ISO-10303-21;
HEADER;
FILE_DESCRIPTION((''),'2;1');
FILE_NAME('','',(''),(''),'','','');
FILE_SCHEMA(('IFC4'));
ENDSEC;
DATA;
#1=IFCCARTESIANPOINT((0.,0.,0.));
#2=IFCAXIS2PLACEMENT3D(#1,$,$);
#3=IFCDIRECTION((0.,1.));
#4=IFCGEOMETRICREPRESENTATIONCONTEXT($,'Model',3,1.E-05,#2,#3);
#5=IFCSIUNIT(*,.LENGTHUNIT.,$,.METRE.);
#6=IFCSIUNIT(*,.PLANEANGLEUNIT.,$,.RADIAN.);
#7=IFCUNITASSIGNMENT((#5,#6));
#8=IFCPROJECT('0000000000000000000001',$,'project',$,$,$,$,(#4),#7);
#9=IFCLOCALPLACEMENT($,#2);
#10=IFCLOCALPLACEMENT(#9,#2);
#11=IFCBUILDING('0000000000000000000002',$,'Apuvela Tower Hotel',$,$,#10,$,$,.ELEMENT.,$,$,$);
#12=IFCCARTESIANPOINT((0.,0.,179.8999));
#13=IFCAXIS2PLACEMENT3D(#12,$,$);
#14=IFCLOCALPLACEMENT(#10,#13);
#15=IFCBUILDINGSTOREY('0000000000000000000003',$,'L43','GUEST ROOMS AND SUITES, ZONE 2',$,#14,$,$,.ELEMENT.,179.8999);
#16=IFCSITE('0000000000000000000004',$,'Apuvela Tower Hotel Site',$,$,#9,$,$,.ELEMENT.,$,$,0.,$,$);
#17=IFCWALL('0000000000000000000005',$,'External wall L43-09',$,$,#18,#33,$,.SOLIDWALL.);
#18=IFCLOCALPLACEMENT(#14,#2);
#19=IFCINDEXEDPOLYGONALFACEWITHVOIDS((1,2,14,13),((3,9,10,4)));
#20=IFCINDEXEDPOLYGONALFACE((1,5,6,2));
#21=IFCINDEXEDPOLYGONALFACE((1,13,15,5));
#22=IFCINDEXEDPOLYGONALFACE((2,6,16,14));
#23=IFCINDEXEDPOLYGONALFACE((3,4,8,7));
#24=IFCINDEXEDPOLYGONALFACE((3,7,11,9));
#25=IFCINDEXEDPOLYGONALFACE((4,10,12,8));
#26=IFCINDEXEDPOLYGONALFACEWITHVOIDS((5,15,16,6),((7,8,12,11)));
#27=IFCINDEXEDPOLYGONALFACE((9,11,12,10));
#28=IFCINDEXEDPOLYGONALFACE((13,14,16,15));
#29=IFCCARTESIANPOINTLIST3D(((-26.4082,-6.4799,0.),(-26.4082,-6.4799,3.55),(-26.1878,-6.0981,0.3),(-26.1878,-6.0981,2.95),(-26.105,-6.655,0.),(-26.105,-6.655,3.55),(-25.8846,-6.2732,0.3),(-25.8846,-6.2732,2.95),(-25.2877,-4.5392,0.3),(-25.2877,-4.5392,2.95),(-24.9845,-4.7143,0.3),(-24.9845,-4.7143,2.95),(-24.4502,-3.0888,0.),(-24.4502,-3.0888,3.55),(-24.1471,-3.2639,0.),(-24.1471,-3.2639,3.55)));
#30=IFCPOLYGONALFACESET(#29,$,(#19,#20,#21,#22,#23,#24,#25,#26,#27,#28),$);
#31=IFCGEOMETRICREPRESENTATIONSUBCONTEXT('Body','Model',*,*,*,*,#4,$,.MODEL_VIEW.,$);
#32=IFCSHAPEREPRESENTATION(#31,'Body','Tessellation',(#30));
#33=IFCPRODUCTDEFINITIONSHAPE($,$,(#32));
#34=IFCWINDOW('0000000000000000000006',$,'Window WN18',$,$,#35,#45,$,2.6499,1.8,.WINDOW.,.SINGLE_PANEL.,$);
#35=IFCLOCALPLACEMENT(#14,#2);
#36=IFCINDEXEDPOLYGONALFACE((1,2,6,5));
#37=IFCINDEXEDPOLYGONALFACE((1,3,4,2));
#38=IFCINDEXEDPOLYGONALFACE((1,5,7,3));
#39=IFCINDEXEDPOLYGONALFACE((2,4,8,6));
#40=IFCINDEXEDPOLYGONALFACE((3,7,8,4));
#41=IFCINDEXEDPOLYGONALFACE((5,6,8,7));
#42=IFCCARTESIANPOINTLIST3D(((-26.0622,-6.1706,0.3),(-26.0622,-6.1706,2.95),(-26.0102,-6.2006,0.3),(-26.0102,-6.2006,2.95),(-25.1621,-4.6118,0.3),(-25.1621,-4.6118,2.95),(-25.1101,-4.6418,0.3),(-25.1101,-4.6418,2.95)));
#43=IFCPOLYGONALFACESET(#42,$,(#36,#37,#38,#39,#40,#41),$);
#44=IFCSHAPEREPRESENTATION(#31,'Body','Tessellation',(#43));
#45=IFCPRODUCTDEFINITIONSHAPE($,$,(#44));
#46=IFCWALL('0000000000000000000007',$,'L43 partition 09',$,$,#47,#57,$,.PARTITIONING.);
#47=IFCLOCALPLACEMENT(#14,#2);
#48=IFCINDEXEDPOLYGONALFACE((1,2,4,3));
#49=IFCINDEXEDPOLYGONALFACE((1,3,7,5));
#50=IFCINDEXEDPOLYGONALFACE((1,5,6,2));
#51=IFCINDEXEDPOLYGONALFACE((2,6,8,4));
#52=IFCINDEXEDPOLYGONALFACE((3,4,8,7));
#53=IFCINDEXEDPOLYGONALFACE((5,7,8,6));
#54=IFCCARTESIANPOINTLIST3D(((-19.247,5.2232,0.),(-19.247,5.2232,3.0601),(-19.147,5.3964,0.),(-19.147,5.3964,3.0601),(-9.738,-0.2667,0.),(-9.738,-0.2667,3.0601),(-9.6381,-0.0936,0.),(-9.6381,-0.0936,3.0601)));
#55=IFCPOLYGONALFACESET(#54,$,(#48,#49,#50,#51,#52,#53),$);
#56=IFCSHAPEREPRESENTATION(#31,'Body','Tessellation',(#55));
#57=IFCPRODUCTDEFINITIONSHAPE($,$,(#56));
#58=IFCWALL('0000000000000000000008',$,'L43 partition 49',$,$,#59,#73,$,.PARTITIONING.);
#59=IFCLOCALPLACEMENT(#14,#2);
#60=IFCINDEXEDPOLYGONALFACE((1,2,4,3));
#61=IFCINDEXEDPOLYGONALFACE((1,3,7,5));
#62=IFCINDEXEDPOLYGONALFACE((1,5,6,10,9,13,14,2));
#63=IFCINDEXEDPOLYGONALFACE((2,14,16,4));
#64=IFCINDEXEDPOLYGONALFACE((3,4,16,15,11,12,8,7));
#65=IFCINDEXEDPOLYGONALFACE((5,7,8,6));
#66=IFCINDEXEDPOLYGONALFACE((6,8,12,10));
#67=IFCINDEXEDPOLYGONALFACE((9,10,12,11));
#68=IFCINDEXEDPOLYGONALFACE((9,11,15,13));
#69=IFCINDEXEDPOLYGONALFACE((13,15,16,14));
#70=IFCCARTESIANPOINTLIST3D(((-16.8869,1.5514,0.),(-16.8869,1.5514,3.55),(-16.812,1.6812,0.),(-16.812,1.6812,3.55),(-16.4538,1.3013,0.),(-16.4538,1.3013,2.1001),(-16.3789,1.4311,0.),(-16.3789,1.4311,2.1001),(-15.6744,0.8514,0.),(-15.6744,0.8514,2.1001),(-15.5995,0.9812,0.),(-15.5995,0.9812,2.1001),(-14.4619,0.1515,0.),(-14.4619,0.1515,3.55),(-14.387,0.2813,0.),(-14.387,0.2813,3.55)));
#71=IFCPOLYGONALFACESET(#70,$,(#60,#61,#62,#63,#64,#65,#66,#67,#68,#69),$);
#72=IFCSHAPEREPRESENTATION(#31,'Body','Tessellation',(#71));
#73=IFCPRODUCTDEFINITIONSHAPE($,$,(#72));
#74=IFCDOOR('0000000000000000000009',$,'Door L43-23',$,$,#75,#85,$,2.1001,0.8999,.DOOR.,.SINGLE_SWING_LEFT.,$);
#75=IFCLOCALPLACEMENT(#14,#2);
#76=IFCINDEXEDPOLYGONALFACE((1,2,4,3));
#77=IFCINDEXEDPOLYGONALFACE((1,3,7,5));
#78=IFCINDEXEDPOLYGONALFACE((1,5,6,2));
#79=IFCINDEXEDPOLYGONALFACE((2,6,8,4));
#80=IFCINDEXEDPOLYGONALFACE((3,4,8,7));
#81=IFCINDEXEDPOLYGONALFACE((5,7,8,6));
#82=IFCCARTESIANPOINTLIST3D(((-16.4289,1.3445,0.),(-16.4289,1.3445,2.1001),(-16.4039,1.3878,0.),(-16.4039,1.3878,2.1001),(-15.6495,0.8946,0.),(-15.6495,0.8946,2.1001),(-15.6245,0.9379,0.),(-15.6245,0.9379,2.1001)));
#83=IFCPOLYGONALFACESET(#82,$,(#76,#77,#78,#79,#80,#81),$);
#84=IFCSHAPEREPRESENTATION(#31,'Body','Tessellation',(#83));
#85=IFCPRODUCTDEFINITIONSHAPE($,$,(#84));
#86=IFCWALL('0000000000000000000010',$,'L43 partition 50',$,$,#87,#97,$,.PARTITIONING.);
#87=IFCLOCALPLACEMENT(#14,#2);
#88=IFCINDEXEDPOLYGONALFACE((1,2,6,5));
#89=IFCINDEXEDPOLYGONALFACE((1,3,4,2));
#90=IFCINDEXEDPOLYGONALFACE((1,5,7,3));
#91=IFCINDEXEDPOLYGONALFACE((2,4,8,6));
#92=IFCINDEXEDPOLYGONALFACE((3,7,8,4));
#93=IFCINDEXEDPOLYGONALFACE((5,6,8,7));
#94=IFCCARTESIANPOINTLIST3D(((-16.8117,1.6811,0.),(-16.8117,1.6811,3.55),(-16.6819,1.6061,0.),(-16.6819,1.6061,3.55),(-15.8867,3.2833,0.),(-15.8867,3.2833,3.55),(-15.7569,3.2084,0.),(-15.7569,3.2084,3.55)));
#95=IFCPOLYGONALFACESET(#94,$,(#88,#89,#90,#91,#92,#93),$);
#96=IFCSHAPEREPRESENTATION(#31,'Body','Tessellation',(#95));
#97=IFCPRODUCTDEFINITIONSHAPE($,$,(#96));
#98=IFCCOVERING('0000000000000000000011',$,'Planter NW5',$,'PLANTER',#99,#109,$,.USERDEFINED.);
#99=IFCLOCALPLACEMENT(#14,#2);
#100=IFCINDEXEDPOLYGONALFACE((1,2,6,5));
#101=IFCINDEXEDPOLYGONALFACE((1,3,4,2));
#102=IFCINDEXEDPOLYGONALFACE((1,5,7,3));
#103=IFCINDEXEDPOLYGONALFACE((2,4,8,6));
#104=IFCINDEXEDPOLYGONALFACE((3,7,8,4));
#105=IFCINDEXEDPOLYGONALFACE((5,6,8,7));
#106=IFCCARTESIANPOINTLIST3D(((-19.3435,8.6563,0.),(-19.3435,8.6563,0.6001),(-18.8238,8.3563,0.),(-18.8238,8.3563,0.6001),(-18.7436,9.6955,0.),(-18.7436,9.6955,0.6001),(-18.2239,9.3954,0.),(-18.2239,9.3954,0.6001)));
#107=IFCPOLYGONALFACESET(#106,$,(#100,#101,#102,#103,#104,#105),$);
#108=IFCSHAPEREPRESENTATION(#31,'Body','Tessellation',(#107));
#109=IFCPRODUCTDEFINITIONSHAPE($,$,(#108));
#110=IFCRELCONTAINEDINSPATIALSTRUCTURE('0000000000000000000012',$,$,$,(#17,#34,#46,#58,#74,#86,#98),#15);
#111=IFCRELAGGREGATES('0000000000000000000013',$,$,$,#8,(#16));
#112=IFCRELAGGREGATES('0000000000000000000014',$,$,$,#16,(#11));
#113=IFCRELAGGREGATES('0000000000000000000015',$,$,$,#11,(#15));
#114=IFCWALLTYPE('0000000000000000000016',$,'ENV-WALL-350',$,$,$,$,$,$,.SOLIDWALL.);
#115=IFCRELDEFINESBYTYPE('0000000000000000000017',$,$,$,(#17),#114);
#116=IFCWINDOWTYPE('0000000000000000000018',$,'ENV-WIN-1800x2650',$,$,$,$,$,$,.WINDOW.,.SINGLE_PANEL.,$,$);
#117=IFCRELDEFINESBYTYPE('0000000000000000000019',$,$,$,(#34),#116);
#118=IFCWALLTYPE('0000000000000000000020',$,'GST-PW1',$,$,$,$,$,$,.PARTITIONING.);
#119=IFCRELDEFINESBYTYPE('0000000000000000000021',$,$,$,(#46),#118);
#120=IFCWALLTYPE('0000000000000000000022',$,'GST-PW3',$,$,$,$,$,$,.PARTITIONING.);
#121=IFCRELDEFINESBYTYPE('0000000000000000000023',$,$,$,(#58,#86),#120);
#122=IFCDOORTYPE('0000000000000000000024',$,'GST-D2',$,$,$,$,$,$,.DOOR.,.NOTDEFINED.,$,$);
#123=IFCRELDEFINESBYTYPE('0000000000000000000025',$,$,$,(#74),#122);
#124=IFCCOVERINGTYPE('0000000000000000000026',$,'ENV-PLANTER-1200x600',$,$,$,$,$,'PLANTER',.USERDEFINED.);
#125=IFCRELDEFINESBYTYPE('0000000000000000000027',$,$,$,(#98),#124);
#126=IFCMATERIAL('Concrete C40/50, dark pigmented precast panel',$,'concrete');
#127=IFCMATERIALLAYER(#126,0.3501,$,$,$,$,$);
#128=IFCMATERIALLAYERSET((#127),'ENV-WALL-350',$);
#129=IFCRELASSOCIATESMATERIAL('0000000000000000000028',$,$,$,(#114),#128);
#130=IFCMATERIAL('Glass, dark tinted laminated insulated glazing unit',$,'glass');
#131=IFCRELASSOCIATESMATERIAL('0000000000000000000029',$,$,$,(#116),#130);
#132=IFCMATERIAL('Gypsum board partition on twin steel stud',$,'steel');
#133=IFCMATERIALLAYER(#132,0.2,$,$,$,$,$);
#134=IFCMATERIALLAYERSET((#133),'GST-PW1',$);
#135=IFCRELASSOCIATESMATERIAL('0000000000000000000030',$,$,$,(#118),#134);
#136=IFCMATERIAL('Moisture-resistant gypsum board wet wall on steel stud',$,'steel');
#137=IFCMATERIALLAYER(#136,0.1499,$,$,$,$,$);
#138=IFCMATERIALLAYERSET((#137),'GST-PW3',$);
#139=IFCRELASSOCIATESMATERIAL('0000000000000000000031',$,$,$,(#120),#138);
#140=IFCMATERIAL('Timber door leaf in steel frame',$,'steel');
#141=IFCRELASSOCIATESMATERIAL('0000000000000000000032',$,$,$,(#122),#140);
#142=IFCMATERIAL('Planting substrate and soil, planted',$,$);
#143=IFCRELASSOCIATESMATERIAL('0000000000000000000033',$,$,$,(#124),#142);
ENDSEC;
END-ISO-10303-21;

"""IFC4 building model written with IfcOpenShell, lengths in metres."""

from ifc_helpers import new_model, si_unit, direction, frame, frame_2d, origin, origin_2d, place, context, subcontext, project, spatial, rectangle, extrude, material, layer, layer_set, type_object, element, fill, save


model = new_model("IFC4")

# Units and contexts
model_context = context("Model", 3, precision=1e-05, world=origin(), true_north=direction((0.0, 1.0)))
body_context = subcontext(model_context, "Body", "Model", "MODEL_VIEW")
ifc_project = project(units=[si_unit("LENGTHUNIT", "METRE"), si_unit("PLANEANGLEUNIT", "RADIAN")], contexts=[model_context])

# Site, building, storey
site_placement = place(None, origin())
site = spatial("IfcSite", under=ifc_project, at=site_placement, Name="Apuvela Tower Hotel Site", CompositionType="ELEMENT", RefElevation=0.0)
building_placement = place(site_placement, origin())
building = spatial("IfcBuilding", under=site, at=building_placement, Name="Apuvela Tower Hotel", CompositionType="ELEMENT")
storey_placement = place(building_placement, frame((0.0, 0.0, 179.8999)))
storey = spatial("IfcBuildingStorey", under=building, at=storey_placement, Name="L43", Description="GUEST ROOMS AND SUITES, ZONE 2", CompositionType="ELEMENT", Elevation=179.8999)

# Shared definitions
ifc_material_1 = material(Name="Concrete C40/50, dark pigmented precast panel", Category="concrete")
ifc_layer_1 = layer(ifc_material_1, 0.3501)
ifc_layer_set_1 = layer_set([ifc_layer_1], Name="ENV-WALL-350")
wall_type_1 = type_object("IfcWallType", Name="ENV-WALL-350", PredefinedType="SOLIDWALL", material=ifc_layer_set_1)

# Shared definitions
ifc_material_2 = material(Name="Glass, dark tinted laminated insulated glazing unit", Category="glass")

# Wall, opening, window
wall_1_placement = place(storey_placement, frame((-24.2986, -3.1763, 0.0), z_axis=(0.0, 0.0, 1.0), x_axis=(-0.500028, -0.866009, 0.0)))
wall_1 = element("IfcWall", 1, at=wall_1_placement, inside=storey, type_object=wall_type_1, Name="External wall L43-09", PredefinedType="SOLIDWALL", context=body_context, shape_type="SweptSolid", body=[
    extrude(rectangle(XDim=3.9158, YDim=0.3501, at=frame_2d((1.958, 0.0))), origin(), (0.0, 0.0, 1.0), 3.55),
])
opening_1_placement = place(wall_1_placement, frame((1.675, 0.0, 0.3)))
opening_1 = element("IfcOpeningElement", 2, at=opening_1_placement, cuts=wall_1, PredefinedType="OPENING", context=body_context, shape_type="SweptSolid", body=[
    extrude(rectangle(XDim=1.8, YDim=2.6499, at=frame_2d((0.8999, 1.325))), frame((0.0, 0.1851, 0.0), z_axis=(0.0, -1.0, 0.0), x_axis=(1.0, 0.0, 0.0)), (0.0, 0.0, 1.0), 0.3701),
])
window_type_1 = type_object("IfcWindowType", Name="ENV-WIN-1800x2650", PartitioningType="SINGLE_PANEL", PredefinedType="WINDOW", material=ifc_material_2)
window_1_placement = place(opening_1_placement, origin())
window_1 = element("IfcWindow", 3, at=window_1_placement, inside=storey, type_object=window_type_1, Name="Window WN18", OverallHeight=2.6499, OverallWidth=1.8, PartitioningType="SINGLE_PANEL", PredefinedType="WINDOW", context=body_context, shape_type="SweptSolid", body=[
    extrude(rectangle(XDim=1.8, YDim=2.6499, at=frame_2d((0.8999, 1.325))), frame((0.0, 0.03, 0.0), z_axis=(0.0, -1.0, 0.0), x_axis=(1.0, 0.0, 0.0)), (0.0, 0.0, 1.0), 0.0601),
])
fill(opening_1, window_1)

# Wall
ifc_material_3 = material(Name="Gypsum board partition on twin steel stud", Category="steel")
ifc_layer_2 = layer(ifc_material_3, 0.2)
ifc_layer_set_2 = layer_set([ifc_layer_2], Name="GST-PW1")
wall_type_2 = type_object("IfcWallType", Name="GST-PW1", PredefinedType="PARTITIONING", material=ifc_layer_set_2)
wall_2_placement = place(storey_placement, frame((-19.197, 5.3098, 0.0), z_axis=(0.0, 0.0, 1.0), x_axis=(0.866027, -0.499996, 0.0)))
element("IfcWall", 4, at=wall_2_placement, inside=storey, type_object=wall_type_2, Name="L43 partition 09", PredefinedType="PARTITIONING", context=body_context, shape_type="SweptSolid", body=[
    extrude(rectangle(XDim=10.98, YDim=0.2, at=frame_2d((5.49, 0.0))), origin(), (0.0, 0.0, 1.0), 3.0601),
])

# Wall, opening, door
ifc_material_4 = material(Name="Moisture-resistant gypsum board wet wall on steel stud", Category="steel")
ifc_layer_3 = layer(ifc_material_4, 0.1499)
ifc_layer_set_3 = layer_set([ifc_layer_3], Name="GST-PW3")
wall_type_3 = type_object("IfcWallType", Name="GST-PW3", PredefinedType="PARTITIONING", material=ifc_layer_set_3)
wall_3_placement = place(storey_placement, frame((-16.8494, 1.6162, 0.0), z_axis=(0.0, 0.0, 1.0), x_axis=(0.866056, -0.499946, 0.0)))
wall_3 = element("IfcWall", 5, at=wall_3_placement, inside=storey, type_object=wall_type_3, Name="L43 partition 49", PredefinedType="PARTITIONING", context=body_context, shape_type="SweptSolid", body=[
    extrude(rectangle(XDim=2.8, YDim=0.1499, at=frame_2d((1.3999, 0.0))), origin(), (0.0, 0.0, 1.0), 3.55),
])
opening_2_placement = place(wall_3_placement, frame((0.5, 0.0, 0.0)))
opening_2 = element("IfcOpeningElement", 6, at=opening_2_placement, cuts=wall_3, PredefinedType="OPENING", context=body_context, shape_type="SweptSolid", body=[
    extrude(rectangle(XDim=0.8999, YDim=2.1001, at=frame_2d((0.45, 1.05))), frame((0.0, 0.085, 0.0), z_axis=(0.0, -1.0, 0.0), x_axis=(1.0, 0.0, 0.0)), (0.0, 0.0, 1.0), 0.1699),
])
ifc_material_5 = material(Name="Timber door leaf in steel frame", Category="steel")
door_type_1 = type_object("IfcDoorType", Name="GST-D2", OperationType="NOTDEFINED", PredefinedType="DOOR", material=ifc_material_5)
door_1_placement = place(opening_2_placement, origin())
door_1 = element("IfcDoor", 7, at=door_1_placement, inside=storey, type_object=door_type_1, Name="Door L43-23", OperationType="SINGLE_SWING_LEFT", OverallHeight=2.1001, OverallWidth=0.8999, PredefinedType="DOOR", context=body_context, shape_type="SweptSolid", body=[
    extrude(rectangle(XDim=0.8999, YDim=2.1001, at=frame_2d((0.45, 1.05))), frame((0.0, 0.0249, 0.0), z_axis=(0.0, -1.0, 0.0), x_axis=(1.0, 0.0, 0.0)), (0.0, 0.0, 1.0), 0.05),
])
fill(opening_2, door_1)

# Wall
wall_4_placement = place(storey_placement, frame((-15.8218, 3.2458, 0.0), z_axis=(0.0, 0.0, 1.0), x_axis=(-0.499985, -0.866034, 0.0)))
element("IfcWall", 8, at=wall_4_placement, inside=storey, type_object=wall_type_3, Name="L43 partition 50", PredefinedType="PARTITIONING", context=body_context, shape_type="SweptSolid", body=[
    extrude(rectangle(XDim=1.8501, YDim=0.1499, at=frame_2d((0.925, 0.0))), origin(), (0.0, 0.0, 1.0), 3.55),
])

# Covering
ifc_material_6 = material(Name="Planting substrate and soil, planted")
covering_type = type_object("IfcCoveringType", Name="ENV-PLANTER-1200x600", ElementType="PLANTER", PredefinedType="USERDEFINED", material=ifc_material_6)
covering_placement = place(storey_placement, frame((-18.7837, 9.0259, 0.0), z_axis=(0.0, 0.0, 1.0), x_axis=(-0.5, -0.866025, 0.0)))
element("IfcCovering", 9, at=covering_placement, inside=storey, type_object=covering_type, Name="Planter NW5", ObjectType="PLANTER", PredefinedType="USERDEFINED", context=body_context, shape_type="SweptSolid", body=[
    extrude(rectangle(XDim=1.2, YDim=0.6001, at=origin_2d()), origin(), (0.0, 0.0, 1.0), 0.6001),
])

save(model, "model.ifc")
